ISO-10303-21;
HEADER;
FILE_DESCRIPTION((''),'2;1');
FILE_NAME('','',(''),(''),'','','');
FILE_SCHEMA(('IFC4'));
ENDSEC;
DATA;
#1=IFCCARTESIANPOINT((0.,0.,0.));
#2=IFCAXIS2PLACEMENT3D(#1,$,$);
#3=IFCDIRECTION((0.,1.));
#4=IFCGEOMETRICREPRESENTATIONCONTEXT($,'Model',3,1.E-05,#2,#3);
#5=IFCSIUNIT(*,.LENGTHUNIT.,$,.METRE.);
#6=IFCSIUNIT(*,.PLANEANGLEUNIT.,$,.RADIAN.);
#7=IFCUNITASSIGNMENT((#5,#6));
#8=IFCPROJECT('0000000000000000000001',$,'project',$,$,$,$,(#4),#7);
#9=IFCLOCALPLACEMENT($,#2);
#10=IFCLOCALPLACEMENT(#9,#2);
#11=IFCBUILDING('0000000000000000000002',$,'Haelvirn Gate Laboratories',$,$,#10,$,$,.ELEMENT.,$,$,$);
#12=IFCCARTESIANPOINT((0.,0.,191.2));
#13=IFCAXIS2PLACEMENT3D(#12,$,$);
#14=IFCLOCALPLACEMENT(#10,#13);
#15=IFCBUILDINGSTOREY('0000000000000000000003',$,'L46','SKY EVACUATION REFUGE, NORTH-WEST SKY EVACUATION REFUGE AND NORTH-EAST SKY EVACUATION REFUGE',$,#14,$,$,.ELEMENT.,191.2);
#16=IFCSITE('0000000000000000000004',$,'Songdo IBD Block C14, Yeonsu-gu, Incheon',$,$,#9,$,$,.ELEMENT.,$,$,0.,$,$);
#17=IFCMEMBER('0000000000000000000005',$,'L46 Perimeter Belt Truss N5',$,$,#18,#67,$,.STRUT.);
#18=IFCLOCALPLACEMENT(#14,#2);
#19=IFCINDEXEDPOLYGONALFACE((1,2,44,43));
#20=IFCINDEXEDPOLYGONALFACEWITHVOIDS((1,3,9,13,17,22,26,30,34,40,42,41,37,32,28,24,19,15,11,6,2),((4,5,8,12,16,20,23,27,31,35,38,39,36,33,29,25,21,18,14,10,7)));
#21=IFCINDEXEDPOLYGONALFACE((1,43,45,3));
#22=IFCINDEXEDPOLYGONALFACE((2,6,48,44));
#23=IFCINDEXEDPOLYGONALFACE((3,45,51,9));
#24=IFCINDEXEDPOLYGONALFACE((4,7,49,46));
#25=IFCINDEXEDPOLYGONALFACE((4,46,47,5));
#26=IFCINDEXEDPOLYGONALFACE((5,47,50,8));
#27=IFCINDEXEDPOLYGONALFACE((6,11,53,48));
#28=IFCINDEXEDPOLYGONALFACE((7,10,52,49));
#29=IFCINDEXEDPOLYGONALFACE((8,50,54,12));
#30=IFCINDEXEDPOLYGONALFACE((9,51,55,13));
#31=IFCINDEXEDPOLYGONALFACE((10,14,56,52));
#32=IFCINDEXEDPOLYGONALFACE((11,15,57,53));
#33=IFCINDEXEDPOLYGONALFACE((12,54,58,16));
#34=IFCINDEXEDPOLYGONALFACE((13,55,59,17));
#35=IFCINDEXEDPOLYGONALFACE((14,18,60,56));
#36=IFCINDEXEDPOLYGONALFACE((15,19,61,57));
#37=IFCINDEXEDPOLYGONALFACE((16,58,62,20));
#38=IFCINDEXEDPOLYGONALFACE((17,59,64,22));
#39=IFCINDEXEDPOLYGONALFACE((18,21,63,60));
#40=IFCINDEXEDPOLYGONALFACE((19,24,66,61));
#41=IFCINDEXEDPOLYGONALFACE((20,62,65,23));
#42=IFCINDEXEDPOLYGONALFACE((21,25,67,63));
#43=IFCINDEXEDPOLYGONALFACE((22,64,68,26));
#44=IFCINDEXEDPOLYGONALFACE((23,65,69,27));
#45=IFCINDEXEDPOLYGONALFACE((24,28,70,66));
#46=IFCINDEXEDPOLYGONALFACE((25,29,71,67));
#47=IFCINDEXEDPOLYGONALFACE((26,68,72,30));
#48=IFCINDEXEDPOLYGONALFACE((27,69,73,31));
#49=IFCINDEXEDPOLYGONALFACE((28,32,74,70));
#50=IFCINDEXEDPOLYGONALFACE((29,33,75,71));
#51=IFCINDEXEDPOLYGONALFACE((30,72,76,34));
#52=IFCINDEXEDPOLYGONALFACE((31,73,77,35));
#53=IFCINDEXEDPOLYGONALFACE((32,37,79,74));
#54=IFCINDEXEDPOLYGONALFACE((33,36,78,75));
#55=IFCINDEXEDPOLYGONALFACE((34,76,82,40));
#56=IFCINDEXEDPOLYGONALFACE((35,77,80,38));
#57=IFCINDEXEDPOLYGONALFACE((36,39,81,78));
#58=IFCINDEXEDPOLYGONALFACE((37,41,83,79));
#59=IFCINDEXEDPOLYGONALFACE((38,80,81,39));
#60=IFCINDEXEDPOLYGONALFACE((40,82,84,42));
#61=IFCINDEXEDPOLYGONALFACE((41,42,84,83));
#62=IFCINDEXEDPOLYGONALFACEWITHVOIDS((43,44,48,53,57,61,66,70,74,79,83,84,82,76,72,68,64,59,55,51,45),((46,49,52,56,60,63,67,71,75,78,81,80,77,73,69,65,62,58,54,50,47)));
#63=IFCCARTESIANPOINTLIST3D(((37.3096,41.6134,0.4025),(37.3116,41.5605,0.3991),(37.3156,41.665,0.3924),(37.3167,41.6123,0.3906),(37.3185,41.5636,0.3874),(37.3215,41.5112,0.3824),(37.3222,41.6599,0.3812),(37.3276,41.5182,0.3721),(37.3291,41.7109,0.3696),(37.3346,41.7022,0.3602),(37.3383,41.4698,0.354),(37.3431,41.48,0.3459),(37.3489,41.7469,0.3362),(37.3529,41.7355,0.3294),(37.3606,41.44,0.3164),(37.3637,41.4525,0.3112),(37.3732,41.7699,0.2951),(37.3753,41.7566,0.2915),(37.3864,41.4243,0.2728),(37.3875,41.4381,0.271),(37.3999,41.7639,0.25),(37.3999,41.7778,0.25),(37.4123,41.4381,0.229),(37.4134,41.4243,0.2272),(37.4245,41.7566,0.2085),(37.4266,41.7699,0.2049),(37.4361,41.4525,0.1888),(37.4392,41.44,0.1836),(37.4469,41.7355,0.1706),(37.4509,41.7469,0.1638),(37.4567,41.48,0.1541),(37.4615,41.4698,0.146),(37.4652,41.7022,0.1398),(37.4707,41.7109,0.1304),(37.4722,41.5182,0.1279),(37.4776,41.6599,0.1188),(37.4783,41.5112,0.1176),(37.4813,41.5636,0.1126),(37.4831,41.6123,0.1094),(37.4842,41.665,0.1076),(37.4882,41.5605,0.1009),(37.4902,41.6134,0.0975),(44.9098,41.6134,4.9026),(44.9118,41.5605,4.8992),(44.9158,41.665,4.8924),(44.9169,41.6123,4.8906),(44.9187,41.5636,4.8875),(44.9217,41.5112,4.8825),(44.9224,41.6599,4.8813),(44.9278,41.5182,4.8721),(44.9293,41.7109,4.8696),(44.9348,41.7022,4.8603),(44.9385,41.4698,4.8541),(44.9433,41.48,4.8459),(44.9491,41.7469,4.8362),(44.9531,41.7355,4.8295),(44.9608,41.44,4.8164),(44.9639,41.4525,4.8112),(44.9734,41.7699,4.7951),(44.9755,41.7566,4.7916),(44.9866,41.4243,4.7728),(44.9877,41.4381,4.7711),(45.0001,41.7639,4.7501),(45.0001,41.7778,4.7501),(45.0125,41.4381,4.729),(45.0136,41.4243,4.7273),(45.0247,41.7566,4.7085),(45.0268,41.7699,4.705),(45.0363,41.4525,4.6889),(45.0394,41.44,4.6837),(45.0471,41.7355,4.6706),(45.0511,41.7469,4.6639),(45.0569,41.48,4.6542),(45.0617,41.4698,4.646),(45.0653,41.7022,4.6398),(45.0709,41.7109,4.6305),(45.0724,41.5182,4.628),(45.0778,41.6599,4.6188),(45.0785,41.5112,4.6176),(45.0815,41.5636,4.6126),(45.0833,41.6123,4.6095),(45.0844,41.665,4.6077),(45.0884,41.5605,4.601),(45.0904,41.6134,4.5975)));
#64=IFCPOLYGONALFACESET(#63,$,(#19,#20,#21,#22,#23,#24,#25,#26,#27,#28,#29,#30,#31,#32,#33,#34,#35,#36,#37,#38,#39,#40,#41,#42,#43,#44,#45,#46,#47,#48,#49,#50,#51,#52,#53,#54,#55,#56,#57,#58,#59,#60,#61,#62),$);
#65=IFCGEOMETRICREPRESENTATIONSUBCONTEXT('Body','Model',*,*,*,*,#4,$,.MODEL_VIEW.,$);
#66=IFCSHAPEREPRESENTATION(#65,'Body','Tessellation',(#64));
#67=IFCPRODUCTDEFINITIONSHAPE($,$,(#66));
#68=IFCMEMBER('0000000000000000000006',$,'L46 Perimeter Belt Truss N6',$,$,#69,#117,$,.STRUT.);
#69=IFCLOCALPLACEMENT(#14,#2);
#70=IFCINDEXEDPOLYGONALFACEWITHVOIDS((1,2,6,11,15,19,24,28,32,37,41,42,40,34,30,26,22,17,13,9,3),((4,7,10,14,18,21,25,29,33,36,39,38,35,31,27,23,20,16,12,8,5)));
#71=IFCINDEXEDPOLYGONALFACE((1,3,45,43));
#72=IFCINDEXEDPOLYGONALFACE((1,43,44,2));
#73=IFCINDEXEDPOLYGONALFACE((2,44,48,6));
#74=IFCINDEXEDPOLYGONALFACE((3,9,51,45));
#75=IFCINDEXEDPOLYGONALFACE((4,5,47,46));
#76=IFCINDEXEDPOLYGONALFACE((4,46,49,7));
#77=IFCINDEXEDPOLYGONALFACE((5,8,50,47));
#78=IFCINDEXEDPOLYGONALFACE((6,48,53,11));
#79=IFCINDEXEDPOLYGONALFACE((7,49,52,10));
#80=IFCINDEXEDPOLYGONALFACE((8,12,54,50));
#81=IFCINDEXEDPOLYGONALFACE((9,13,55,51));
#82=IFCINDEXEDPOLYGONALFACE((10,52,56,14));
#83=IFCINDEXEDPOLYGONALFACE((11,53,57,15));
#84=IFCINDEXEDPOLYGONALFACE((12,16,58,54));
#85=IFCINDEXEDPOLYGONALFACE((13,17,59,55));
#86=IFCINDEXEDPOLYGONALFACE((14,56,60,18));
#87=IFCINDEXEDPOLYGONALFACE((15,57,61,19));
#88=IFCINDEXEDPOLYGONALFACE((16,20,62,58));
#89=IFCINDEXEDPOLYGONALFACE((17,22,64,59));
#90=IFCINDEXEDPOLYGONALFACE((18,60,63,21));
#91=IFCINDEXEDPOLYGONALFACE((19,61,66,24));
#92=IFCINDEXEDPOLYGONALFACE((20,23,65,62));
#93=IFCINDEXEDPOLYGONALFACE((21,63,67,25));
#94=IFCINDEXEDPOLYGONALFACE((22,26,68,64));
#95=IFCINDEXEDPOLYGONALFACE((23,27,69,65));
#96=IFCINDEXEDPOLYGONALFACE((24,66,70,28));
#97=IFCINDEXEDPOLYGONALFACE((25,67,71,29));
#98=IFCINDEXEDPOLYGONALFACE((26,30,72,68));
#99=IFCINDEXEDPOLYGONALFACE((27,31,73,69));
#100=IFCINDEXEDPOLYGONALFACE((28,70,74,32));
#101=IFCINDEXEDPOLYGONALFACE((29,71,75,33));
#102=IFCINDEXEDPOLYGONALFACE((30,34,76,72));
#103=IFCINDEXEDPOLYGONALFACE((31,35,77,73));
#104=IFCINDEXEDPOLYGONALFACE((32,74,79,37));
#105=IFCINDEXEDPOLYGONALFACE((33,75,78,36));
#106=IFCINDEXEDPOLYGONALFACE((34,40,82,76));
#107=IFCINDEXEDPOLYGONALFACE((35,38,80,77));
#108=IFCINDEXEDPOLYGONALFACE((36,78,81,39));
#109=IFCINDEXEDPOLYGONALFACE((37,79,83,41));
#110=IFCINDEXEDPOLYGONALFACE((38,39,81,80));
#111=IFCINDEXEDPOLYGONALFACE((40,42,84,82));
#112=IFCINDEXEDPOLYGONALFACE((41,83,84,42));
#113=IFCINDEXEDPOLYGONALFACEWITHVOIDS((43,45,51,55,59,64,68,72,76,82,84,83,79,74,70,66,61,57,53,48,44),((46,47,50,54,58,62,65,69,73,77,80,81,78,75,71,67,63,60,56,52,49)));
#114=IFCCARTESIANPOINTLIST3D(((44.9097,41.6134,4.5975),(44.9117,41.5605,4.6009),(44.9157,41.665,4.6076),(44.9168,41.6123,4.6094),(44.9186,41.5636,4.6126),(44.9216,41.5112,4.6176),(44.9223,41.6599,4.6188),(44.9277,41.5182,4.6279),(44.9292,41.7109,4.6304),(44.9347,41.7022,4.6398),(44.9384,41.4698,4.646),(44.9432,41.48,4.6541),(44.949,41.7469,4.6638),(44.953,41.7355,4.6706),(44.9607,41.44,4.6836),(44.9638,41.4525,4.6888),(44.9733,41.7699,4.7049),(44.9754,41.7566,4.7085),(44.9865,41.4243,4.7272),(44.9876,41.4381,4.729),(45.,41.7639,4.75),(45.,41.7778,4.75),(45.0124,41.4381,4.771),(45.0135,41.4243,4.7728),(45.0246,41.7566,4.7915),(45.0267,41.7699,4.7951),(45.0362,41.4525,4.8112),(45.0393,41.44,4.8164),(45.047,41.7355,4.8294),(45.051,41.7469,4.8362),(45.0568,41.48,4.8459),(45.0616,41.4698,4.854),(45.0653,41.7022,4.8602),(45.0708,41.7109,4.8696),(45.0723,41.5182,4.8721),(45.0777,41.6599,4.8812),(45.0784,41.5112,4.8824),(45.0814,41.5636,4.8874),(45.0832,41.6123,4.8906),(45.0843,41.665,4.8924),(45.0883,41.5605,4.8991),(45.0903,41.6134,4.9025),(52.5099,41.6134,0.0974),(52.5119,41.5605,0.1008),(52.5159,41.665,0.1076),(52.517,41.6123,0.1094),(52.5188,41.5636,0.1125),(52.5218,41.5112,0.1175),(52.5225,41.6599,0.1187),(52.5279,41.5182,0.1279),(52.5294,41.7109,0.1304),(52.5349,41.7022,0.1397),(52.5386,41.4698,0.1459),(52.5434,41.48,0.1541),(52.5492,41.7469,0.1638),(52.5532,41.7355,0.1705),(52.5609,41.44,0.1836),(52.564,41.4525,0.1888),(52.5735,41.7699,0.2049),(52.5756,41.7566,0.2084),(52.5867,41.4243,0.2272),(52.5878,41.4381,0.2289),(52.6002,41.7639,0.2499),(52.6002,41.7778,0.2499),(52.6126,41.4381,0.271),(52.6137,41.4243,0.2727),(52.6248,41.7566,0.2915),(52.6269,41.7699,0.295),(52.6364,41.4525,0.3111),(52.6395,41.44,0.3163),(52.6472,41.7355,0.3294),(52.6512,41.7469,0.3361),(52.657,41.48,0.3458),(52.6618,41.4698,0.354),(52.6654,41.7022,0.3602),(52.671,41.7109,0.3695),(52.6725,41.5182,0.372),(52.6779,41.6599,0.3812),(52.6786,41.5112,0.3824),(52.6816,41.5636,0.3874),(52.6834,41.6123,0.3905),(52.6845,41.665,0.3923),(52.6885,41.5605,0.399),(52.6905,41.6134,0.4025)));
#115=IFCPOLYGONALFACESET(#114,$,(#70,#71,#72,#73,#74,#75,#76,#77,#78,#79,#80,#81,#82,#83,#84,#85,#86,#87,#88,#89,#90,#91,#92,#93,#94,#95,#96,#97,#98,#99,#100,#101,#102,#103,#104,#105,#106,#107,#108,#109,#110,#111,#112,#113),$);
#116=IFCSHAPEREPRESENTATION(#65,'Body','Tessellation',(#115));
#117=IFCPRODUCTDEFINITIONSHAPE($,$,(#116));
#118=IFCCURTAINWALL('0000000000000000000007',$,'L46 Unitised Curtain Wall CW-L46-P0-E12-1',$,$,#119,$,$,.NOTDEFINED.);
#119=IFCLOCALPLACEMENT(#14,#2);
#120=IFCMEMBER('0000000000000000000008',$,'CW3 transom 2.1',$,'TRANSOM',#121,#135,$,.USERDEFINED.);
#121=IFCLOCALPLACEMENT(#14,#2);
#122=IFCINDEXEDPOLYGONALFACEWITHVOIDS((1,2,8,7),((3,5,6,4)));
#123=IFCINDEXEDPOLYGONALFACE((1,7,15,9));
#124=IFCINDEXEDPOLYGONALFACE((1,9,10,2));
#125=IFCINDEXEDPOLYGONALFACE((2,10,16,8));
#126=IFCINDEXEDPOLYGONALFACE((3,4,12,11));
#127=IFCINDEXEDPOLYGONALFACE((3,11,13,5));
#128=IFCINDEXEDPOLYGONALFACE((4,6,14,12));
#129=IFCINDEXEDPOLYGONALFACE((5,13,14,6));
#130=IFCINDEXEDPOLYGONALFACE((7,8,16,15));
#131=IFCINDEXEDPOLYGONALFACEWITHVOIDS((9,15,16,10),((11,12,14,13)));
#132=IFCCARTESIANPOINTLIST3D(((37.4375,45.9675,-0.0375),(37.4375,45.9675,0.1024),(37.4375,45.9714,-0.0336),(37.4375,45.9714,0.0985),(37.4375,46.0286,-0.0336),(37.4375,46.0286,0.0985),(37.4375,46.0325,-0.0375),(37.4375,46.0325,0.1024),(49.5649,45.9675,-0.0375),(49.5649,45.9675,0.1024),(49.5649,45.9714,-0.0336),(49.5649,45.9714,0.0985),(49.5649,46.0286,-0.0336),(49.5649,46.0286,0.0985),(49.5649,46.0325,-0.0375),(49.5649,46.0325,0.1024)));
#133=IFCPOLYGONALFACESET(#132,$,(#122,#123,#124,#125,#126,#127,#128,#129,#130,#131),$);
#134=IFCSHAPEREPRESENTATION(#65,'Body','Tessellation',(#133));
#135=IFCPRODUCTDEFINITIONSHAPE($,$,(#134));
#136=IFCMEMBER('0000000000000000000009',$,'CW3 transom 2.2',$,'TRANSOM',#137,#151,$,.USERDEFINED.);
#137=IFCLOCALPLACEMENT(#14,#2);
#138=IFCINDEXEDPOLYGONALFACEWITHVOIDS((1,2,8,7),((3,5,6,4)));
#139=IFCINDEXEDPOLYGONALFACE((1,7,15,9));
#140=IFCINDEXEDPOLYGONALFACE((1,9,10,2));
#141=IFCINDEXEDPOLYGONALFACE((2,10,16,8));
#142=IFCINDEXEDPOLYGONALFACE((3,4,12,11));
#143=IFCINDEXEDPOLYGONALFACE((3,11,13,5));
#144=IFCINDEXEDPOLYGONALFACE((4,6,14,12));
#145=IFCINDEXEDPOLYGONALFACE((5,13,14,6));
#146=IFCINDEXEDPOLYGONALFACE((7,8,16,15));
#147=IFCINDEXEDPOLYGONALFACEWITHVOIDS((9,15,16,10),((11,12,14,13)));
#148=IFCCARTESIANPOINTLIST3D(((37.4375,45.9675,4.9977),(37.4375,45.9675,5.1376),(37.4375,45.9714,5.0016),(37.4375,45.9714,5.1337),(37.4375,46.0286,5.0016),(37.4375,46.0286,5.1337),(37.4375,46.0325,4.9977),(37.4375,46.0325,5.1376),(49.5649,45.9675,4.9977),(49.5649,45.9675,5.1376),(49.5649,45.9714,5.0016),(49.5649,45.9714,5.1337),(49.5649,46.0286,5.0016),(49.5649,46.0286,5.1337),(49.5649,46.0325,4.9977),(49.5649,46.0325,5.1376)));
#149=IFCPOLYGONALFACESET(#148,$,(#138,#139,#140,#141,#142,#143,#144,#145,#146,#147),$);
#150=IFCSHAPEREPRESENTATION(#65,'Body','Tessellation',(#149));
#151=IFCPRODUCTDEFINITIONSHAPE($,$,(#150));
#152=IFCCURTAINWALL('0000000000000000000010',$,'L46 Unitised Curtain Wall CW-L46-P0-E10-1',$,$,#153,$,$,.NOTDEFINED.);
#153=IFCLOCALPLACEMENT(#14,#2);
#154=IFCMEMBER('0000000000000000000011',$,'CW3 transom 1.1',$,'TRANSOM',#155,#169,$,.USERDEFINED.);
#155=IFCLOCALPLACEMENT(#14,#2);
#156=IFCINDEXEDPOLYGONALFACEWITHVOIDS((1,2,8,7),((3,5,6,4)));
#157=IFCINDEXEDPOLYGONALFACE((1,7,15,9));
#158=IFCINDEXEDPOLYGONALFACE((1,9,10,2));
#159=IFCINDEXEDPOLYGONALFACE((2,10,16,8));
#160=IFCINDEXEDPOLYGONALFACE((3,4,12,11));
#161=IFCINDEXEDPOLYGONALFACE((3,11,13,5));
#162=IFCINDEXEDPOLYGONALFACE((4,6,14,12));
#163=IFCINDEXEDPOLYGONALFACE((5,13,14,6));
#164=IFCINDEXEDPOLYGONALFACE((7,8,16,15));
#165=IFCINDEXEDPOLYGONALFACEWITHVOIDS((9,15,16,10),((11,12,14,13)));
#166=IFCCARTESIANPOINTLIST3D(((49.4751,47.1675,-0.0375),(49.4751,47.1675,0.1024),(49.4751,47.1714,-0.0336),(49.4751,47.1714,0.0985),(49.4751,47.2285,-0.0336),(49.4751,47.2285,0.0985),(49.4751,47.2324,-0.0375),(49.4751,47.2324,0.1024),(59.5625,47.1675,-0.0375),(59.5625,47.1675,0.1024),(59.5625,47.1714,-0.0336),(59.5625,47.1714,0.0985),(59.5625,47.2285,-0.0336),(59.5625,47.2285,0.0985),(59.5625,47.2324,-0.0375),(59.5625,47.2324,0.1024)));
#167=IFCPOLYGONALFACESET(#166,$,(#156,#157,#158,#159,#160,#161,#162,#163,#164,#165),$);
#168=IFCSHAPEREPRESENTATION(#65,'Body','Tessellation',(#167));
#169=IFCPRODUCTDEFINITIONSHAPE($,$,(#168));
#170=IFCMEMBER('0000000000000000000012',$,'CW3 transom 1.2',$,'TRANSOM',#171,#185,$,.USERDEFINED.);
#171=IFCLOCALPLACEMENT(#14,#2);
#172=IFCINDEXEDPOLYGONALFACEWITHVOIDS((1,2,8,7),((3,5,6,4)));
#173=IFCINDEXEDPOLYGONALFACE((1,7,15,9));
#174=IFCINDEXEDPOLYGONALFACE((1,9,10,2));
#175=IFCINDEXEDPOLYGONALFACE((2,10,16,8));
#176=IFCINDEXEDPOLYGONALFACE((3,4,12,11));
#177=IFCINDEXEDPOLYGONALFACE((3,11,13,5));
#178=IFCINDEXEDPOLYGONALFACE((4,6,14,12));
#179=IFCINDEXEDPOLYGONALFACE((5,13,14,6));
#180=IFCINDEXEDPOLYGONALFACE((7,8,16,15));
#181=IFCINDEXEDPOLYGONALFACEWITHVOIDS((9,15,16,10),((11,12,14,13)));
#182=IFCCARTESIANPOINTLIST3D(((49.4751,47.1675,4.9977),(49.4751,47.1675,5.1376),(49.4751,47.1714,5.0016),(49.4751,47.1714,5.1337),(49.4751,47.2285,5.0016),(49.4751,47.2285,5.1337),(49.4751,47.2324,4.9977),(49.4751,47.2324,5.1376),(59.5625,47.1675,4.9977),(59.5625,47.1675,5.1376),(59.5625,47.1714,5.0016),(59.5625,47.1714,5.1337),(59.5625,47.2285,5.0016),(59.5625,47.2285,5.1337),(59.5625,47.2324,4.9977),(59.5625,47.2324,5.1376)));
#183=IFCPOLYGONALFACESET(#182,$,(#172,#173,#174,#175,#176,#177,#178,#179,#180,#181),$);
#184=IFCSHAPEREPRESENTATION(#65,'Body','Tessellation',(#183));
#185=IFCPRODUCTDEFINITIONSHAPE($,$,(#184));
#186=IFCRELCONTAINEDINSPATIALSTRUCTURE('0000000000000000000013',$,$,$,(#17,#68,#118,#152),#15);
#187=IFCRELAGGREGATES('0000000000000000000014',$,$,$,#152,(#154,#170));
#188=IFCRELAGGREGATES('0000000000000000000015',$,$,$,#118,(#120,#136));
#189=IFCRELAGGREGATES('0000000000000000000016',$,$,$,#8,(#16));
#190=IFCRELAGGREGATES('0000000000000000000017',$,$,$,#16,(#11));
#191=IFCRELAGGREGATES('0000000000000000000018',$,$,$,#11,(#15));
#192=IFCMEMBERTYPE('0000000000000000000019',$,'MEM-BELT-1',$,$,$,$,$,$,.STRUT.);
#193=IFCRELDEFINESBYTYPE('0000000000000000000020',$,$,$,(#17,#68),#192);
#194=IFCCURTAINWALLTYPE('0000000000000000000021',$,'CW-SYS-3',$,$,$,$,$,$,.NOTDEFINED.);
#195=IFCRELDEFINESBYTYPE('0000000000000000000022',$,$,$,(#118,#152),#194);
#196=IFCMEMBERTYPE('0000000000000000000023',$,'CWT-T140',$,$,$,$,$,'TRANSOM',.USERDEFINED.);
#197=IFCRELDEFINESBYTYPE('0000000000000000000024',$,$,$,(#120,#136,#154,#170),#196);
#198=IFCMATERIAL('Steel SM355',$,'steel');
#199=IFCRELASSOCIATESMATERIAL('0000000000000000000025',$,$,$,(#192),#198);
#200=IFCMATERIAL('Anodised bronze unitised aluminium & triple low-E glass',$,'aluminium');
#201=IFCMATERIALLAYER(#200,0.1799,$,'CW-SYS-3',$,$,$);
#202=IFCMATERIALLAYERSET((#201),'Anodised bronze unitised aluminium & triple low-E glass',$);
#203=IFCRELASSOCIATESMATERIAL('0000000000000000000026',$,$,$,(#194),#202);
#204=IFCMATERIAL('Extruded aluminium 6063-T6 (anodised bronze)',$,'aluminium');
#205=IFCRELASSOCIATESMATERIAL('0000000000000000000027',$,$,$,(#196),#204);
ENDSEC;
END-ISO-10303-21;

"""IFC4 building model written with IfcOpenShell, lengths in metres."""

from ifc_helpers import new_model, si_unit, direction, frame, origin, origin_2d, place, context, subcontext, project, spatial, hollow_rectangle, hollow_circle, extrude, source, transform, mapped, material, layer, layer_set, material_profile, profile_set, type_object, type_shapes, element, aggregate, save


model = new_model("IFC4")

# Units and contexts
model_context = context("Model", 3, precision=1e-05, world=origin(), true_north=direction((0.0, 1.0)))
body_context = subcontext(model_context, "Body", "Model", "MODEL_VIEW")
ifc_project = project(units=[si_unit("LENGTHUNIT", "METRE"), si_unit("PLANEANGLEUNIT", "RADIAN")], contexts=[model_context])

# Site, building, storey
site_placement = place(None, origin())
site = spatial("IfcSite", under=ifc_project, at=site_placement, Name="Songdo IBD Block C14, Yeonsu-gu, Incheon", CompositionType="ELEMENT", RefElevation=0.0)
building_placement = place(site_placement, origin())
building = spatial("IfcBuilding", under=site, at=building_placement, Name="Haelvirn Gate Laboratories", CompositionType="ELEMENT")
storey_placement = place(building_placement, frame((0.0, 0.0, 191.2)))
storey = spatial("IfcBuildingStorey", under=building, at=storey_placement, Name="L46", Description="SKY EVACUATION REFUGE, NORTH-WEST SKY EVACUATION REFUGE AND NORTH-EAST SKY EVACUATION REFUGE", CompositionType="ELEMENT", Elevation=191.2)

# Shared definitions
ifc_material_1 = material(Name="Steel SM355", Category="steel")

# Members
ifc_material_profile_1 = material_profile(ifc_material_1, hollow_circle(Radius=0.1777, WallThickness=0.0139, at=origin_2d()), Name="CHS-355x14")
ifc_profile_set_1 = profile_set([ifc_material_profile_1], Name="Steel SM355")
member_type_1 = type_object("IfcMemberType", Name="MEM-BELT-1", PredefinedType="STRUT", material=ifc_profile_set_1)
shared_shape_1 = source(origin(), body_context, "Body", "SweptSolid", [
    extrude(hollow_circle(Radius=0.1777, WallThickness=0.0139, at=origin_2d()), origin(), (0.0, 0.0, 1.0), 8.8325),
])
for number, where, z_axis, x_axis, name in (
    (1, (37.3999, 41.6001, 0.25), (0.860478, 0.0, 0.509487), (0.0, 1.0, 0.0), "L46 Perimeter Belt Truss N5"),
    (2, (45.0, 41.6001, 4.75), (0.860478, 0.0, -0.509487), (0.0, 1.0, 0.0), "L46 Perimeter Belt Truss N6"),
):
    element("IfcMember", number, at=place(storey_placement, frame(where, z_axis=z_axis, x_axis=x_axis)), inside=storey, type_object=member_type_1, Name=name, PredefinedType="STRUT", context=body_context, shape_type="MappedRepresentation", body=[
        mapped(shared_shape_1, transform((0.0, 0.0, 0.0), scale=1.0)),
    ])

# Curtain walls, members
ifc_material_2 = material(Name="Anodised bronze unitised aluminium & triple low-E glass", Category="aluminium")
ifc_layer_1 = layer(ifc_material_2, 0.1799, Name="CW-SYS-3")
ifc_layer_set_1 = layer_set([ifc_layer_1], Name="Anodised bronze unitised aluminium & triple low-E glass")
curtain_wall_type = type_object("IfcCurtainWallType", Name="CW-SYS-3", PredefinedType="NOTDEFINED", material=ifc_layer_set_1)
curtain_wall_1_placement = place(storey_placement, origin())
curtain_wall_1 = element("IfcCurtainWall", 3, at=curtain_wall_1_placement, inside=storey, type_object=curtain_wall_type, Name="L46 Unitised Curtain Wall CW-L46-P0-E12-1", PredefinedType="NOTDEFINED")
ifc_material_3 = material(Name="Extruded aluminium 6063-T6 (anodised bronze)", Category="aluminium")
ifc_material_profile_2 = material_profile(ifc_material_3, hollow_rectangle(XDim=0.0649, YDim=0.1399, WallThickness=0.0039, at=origin_2d()), Name="CWT-140x65x4")
ifc_profile_set_2 = profile_set([ifc_material_profile_2], Name="Extruded aluminium 6063-T6 (anodised bronze)")
member_type_2 = type_object("IfcMemberType", Name="CWT-T140", ElementType="TRANSOM", PredefinedType="USERDEFINED", material=ifc_profile_set_2)
shared_shape_2 = source(origin(), body_context, "Body", "SweptSolid", [
    extrude(hollow_rectangle(XDim=0.0649, YDim=0.1399, WallThickness=0.0039, at=origin_2d()), origin(), (0.0, 0.0, 1.0), 12.1274),
])
member_1_placement = place(storey_placement, frame((37.4375, 46.0, 0.0325), z_axis=(1.0, 0.0, 0.0), x_axis=(0.0, 1.0, 0.0)))
member_1 = element("IfcMember", 4, at=member_1_placement, type_object=member_type_2, Name="CW3 transom 2.1", ObjectType="TRANSOM", PredefinedType="USERDEFINED", context=body_context, shape_type="MappedRepresentation", body=[
    mapped(shared_shape_2, transform((0.0, 0.0, 0.0), scale=1.0)),
])
member_2_placement = place(storey_placement, frame((37.4375, 46.0, 5.0676), z_axis=(1.0, 0.0, 0.0), x_axis=(0.0, 1.0, 0.0)))
member_2 = element("IfcMember", 5, at=member_2_placement, type_object=member_type_2, Name="CW3 transom 2.2", ObjectType="TRANSOM", PredefinedType="USERDEFINED", context=body_context, shape_type="MappedRepresentation", body=[
    mapped(shared_shape_2, transform((0.0, 0.0, 0.0), scale=1.0)),
])
curtain_wall_2_placement = place(storey_placement, origin())
curtain_wall_2 = element("IfcCurtainWall", 6, at=curtain_wall_2_placement, inside=storey, type_object=curtain_wall_type, Name="L46 Unitised Curtain Wall CW-L46-P0-E10-1", PredefinedType="NOTDEFINED")
shared_shape_3 = source(origin(), body_context, "Body", "SweptSolid", [
    extrude(hollow_rectangle(XDim=0.0649, YDim=0.1399, WallThickness=0.0039, at=origin_2d()), origin(), (0.0, 0.0, 1.0), 10.0874),
])
type_shapes(member_type_2, [shared_shape_2, shared_shape_3])
member_3_placement = place(storey_placement, frame((49.4751, 47.2, 0.0325), z_axis=(1.0, 0.0, 0.0), x_axis=(0.0, 1.0, 0.0)))
member_3 = element("IfcMember", 7, at=member_3_placement, type_object=member_type_2, Name="CW3 transom 1.1", ObjectType="TRANSOM", PredefinedType="USERDEFINED", context=body_context, shape_type="MappedRepresentation", body=[
    mapped(shared_shape_3, transform((0.0, 0.0, 0.0), scale=1.0)),
])
member_4_placement = place(storey_placement, frame((49.4751, 47.2, 5.0676), z_axis=(1.0, 0.0, 0.0), x_axis=(0.0, 1.0, 0.0)))
member_4 = element("IfcMember", 8, at=member_4_placement, type_object=member_type_2, Name="CW3 transom 1.2", ObjectType="TRANSOM", PredefinedType="USERDEFINED", context=body_context, shape_type="MappedRepresentation", body=[
    mapped(shared_shape_3, transform((0.0, 0.0, 0.0), scale=1.0)),
])
aggregate(curtain_wall_2, [member_3, member_4])

aggregate(curtain_wall_1, [member_1, member_2])

save(model, "model.ifc")
